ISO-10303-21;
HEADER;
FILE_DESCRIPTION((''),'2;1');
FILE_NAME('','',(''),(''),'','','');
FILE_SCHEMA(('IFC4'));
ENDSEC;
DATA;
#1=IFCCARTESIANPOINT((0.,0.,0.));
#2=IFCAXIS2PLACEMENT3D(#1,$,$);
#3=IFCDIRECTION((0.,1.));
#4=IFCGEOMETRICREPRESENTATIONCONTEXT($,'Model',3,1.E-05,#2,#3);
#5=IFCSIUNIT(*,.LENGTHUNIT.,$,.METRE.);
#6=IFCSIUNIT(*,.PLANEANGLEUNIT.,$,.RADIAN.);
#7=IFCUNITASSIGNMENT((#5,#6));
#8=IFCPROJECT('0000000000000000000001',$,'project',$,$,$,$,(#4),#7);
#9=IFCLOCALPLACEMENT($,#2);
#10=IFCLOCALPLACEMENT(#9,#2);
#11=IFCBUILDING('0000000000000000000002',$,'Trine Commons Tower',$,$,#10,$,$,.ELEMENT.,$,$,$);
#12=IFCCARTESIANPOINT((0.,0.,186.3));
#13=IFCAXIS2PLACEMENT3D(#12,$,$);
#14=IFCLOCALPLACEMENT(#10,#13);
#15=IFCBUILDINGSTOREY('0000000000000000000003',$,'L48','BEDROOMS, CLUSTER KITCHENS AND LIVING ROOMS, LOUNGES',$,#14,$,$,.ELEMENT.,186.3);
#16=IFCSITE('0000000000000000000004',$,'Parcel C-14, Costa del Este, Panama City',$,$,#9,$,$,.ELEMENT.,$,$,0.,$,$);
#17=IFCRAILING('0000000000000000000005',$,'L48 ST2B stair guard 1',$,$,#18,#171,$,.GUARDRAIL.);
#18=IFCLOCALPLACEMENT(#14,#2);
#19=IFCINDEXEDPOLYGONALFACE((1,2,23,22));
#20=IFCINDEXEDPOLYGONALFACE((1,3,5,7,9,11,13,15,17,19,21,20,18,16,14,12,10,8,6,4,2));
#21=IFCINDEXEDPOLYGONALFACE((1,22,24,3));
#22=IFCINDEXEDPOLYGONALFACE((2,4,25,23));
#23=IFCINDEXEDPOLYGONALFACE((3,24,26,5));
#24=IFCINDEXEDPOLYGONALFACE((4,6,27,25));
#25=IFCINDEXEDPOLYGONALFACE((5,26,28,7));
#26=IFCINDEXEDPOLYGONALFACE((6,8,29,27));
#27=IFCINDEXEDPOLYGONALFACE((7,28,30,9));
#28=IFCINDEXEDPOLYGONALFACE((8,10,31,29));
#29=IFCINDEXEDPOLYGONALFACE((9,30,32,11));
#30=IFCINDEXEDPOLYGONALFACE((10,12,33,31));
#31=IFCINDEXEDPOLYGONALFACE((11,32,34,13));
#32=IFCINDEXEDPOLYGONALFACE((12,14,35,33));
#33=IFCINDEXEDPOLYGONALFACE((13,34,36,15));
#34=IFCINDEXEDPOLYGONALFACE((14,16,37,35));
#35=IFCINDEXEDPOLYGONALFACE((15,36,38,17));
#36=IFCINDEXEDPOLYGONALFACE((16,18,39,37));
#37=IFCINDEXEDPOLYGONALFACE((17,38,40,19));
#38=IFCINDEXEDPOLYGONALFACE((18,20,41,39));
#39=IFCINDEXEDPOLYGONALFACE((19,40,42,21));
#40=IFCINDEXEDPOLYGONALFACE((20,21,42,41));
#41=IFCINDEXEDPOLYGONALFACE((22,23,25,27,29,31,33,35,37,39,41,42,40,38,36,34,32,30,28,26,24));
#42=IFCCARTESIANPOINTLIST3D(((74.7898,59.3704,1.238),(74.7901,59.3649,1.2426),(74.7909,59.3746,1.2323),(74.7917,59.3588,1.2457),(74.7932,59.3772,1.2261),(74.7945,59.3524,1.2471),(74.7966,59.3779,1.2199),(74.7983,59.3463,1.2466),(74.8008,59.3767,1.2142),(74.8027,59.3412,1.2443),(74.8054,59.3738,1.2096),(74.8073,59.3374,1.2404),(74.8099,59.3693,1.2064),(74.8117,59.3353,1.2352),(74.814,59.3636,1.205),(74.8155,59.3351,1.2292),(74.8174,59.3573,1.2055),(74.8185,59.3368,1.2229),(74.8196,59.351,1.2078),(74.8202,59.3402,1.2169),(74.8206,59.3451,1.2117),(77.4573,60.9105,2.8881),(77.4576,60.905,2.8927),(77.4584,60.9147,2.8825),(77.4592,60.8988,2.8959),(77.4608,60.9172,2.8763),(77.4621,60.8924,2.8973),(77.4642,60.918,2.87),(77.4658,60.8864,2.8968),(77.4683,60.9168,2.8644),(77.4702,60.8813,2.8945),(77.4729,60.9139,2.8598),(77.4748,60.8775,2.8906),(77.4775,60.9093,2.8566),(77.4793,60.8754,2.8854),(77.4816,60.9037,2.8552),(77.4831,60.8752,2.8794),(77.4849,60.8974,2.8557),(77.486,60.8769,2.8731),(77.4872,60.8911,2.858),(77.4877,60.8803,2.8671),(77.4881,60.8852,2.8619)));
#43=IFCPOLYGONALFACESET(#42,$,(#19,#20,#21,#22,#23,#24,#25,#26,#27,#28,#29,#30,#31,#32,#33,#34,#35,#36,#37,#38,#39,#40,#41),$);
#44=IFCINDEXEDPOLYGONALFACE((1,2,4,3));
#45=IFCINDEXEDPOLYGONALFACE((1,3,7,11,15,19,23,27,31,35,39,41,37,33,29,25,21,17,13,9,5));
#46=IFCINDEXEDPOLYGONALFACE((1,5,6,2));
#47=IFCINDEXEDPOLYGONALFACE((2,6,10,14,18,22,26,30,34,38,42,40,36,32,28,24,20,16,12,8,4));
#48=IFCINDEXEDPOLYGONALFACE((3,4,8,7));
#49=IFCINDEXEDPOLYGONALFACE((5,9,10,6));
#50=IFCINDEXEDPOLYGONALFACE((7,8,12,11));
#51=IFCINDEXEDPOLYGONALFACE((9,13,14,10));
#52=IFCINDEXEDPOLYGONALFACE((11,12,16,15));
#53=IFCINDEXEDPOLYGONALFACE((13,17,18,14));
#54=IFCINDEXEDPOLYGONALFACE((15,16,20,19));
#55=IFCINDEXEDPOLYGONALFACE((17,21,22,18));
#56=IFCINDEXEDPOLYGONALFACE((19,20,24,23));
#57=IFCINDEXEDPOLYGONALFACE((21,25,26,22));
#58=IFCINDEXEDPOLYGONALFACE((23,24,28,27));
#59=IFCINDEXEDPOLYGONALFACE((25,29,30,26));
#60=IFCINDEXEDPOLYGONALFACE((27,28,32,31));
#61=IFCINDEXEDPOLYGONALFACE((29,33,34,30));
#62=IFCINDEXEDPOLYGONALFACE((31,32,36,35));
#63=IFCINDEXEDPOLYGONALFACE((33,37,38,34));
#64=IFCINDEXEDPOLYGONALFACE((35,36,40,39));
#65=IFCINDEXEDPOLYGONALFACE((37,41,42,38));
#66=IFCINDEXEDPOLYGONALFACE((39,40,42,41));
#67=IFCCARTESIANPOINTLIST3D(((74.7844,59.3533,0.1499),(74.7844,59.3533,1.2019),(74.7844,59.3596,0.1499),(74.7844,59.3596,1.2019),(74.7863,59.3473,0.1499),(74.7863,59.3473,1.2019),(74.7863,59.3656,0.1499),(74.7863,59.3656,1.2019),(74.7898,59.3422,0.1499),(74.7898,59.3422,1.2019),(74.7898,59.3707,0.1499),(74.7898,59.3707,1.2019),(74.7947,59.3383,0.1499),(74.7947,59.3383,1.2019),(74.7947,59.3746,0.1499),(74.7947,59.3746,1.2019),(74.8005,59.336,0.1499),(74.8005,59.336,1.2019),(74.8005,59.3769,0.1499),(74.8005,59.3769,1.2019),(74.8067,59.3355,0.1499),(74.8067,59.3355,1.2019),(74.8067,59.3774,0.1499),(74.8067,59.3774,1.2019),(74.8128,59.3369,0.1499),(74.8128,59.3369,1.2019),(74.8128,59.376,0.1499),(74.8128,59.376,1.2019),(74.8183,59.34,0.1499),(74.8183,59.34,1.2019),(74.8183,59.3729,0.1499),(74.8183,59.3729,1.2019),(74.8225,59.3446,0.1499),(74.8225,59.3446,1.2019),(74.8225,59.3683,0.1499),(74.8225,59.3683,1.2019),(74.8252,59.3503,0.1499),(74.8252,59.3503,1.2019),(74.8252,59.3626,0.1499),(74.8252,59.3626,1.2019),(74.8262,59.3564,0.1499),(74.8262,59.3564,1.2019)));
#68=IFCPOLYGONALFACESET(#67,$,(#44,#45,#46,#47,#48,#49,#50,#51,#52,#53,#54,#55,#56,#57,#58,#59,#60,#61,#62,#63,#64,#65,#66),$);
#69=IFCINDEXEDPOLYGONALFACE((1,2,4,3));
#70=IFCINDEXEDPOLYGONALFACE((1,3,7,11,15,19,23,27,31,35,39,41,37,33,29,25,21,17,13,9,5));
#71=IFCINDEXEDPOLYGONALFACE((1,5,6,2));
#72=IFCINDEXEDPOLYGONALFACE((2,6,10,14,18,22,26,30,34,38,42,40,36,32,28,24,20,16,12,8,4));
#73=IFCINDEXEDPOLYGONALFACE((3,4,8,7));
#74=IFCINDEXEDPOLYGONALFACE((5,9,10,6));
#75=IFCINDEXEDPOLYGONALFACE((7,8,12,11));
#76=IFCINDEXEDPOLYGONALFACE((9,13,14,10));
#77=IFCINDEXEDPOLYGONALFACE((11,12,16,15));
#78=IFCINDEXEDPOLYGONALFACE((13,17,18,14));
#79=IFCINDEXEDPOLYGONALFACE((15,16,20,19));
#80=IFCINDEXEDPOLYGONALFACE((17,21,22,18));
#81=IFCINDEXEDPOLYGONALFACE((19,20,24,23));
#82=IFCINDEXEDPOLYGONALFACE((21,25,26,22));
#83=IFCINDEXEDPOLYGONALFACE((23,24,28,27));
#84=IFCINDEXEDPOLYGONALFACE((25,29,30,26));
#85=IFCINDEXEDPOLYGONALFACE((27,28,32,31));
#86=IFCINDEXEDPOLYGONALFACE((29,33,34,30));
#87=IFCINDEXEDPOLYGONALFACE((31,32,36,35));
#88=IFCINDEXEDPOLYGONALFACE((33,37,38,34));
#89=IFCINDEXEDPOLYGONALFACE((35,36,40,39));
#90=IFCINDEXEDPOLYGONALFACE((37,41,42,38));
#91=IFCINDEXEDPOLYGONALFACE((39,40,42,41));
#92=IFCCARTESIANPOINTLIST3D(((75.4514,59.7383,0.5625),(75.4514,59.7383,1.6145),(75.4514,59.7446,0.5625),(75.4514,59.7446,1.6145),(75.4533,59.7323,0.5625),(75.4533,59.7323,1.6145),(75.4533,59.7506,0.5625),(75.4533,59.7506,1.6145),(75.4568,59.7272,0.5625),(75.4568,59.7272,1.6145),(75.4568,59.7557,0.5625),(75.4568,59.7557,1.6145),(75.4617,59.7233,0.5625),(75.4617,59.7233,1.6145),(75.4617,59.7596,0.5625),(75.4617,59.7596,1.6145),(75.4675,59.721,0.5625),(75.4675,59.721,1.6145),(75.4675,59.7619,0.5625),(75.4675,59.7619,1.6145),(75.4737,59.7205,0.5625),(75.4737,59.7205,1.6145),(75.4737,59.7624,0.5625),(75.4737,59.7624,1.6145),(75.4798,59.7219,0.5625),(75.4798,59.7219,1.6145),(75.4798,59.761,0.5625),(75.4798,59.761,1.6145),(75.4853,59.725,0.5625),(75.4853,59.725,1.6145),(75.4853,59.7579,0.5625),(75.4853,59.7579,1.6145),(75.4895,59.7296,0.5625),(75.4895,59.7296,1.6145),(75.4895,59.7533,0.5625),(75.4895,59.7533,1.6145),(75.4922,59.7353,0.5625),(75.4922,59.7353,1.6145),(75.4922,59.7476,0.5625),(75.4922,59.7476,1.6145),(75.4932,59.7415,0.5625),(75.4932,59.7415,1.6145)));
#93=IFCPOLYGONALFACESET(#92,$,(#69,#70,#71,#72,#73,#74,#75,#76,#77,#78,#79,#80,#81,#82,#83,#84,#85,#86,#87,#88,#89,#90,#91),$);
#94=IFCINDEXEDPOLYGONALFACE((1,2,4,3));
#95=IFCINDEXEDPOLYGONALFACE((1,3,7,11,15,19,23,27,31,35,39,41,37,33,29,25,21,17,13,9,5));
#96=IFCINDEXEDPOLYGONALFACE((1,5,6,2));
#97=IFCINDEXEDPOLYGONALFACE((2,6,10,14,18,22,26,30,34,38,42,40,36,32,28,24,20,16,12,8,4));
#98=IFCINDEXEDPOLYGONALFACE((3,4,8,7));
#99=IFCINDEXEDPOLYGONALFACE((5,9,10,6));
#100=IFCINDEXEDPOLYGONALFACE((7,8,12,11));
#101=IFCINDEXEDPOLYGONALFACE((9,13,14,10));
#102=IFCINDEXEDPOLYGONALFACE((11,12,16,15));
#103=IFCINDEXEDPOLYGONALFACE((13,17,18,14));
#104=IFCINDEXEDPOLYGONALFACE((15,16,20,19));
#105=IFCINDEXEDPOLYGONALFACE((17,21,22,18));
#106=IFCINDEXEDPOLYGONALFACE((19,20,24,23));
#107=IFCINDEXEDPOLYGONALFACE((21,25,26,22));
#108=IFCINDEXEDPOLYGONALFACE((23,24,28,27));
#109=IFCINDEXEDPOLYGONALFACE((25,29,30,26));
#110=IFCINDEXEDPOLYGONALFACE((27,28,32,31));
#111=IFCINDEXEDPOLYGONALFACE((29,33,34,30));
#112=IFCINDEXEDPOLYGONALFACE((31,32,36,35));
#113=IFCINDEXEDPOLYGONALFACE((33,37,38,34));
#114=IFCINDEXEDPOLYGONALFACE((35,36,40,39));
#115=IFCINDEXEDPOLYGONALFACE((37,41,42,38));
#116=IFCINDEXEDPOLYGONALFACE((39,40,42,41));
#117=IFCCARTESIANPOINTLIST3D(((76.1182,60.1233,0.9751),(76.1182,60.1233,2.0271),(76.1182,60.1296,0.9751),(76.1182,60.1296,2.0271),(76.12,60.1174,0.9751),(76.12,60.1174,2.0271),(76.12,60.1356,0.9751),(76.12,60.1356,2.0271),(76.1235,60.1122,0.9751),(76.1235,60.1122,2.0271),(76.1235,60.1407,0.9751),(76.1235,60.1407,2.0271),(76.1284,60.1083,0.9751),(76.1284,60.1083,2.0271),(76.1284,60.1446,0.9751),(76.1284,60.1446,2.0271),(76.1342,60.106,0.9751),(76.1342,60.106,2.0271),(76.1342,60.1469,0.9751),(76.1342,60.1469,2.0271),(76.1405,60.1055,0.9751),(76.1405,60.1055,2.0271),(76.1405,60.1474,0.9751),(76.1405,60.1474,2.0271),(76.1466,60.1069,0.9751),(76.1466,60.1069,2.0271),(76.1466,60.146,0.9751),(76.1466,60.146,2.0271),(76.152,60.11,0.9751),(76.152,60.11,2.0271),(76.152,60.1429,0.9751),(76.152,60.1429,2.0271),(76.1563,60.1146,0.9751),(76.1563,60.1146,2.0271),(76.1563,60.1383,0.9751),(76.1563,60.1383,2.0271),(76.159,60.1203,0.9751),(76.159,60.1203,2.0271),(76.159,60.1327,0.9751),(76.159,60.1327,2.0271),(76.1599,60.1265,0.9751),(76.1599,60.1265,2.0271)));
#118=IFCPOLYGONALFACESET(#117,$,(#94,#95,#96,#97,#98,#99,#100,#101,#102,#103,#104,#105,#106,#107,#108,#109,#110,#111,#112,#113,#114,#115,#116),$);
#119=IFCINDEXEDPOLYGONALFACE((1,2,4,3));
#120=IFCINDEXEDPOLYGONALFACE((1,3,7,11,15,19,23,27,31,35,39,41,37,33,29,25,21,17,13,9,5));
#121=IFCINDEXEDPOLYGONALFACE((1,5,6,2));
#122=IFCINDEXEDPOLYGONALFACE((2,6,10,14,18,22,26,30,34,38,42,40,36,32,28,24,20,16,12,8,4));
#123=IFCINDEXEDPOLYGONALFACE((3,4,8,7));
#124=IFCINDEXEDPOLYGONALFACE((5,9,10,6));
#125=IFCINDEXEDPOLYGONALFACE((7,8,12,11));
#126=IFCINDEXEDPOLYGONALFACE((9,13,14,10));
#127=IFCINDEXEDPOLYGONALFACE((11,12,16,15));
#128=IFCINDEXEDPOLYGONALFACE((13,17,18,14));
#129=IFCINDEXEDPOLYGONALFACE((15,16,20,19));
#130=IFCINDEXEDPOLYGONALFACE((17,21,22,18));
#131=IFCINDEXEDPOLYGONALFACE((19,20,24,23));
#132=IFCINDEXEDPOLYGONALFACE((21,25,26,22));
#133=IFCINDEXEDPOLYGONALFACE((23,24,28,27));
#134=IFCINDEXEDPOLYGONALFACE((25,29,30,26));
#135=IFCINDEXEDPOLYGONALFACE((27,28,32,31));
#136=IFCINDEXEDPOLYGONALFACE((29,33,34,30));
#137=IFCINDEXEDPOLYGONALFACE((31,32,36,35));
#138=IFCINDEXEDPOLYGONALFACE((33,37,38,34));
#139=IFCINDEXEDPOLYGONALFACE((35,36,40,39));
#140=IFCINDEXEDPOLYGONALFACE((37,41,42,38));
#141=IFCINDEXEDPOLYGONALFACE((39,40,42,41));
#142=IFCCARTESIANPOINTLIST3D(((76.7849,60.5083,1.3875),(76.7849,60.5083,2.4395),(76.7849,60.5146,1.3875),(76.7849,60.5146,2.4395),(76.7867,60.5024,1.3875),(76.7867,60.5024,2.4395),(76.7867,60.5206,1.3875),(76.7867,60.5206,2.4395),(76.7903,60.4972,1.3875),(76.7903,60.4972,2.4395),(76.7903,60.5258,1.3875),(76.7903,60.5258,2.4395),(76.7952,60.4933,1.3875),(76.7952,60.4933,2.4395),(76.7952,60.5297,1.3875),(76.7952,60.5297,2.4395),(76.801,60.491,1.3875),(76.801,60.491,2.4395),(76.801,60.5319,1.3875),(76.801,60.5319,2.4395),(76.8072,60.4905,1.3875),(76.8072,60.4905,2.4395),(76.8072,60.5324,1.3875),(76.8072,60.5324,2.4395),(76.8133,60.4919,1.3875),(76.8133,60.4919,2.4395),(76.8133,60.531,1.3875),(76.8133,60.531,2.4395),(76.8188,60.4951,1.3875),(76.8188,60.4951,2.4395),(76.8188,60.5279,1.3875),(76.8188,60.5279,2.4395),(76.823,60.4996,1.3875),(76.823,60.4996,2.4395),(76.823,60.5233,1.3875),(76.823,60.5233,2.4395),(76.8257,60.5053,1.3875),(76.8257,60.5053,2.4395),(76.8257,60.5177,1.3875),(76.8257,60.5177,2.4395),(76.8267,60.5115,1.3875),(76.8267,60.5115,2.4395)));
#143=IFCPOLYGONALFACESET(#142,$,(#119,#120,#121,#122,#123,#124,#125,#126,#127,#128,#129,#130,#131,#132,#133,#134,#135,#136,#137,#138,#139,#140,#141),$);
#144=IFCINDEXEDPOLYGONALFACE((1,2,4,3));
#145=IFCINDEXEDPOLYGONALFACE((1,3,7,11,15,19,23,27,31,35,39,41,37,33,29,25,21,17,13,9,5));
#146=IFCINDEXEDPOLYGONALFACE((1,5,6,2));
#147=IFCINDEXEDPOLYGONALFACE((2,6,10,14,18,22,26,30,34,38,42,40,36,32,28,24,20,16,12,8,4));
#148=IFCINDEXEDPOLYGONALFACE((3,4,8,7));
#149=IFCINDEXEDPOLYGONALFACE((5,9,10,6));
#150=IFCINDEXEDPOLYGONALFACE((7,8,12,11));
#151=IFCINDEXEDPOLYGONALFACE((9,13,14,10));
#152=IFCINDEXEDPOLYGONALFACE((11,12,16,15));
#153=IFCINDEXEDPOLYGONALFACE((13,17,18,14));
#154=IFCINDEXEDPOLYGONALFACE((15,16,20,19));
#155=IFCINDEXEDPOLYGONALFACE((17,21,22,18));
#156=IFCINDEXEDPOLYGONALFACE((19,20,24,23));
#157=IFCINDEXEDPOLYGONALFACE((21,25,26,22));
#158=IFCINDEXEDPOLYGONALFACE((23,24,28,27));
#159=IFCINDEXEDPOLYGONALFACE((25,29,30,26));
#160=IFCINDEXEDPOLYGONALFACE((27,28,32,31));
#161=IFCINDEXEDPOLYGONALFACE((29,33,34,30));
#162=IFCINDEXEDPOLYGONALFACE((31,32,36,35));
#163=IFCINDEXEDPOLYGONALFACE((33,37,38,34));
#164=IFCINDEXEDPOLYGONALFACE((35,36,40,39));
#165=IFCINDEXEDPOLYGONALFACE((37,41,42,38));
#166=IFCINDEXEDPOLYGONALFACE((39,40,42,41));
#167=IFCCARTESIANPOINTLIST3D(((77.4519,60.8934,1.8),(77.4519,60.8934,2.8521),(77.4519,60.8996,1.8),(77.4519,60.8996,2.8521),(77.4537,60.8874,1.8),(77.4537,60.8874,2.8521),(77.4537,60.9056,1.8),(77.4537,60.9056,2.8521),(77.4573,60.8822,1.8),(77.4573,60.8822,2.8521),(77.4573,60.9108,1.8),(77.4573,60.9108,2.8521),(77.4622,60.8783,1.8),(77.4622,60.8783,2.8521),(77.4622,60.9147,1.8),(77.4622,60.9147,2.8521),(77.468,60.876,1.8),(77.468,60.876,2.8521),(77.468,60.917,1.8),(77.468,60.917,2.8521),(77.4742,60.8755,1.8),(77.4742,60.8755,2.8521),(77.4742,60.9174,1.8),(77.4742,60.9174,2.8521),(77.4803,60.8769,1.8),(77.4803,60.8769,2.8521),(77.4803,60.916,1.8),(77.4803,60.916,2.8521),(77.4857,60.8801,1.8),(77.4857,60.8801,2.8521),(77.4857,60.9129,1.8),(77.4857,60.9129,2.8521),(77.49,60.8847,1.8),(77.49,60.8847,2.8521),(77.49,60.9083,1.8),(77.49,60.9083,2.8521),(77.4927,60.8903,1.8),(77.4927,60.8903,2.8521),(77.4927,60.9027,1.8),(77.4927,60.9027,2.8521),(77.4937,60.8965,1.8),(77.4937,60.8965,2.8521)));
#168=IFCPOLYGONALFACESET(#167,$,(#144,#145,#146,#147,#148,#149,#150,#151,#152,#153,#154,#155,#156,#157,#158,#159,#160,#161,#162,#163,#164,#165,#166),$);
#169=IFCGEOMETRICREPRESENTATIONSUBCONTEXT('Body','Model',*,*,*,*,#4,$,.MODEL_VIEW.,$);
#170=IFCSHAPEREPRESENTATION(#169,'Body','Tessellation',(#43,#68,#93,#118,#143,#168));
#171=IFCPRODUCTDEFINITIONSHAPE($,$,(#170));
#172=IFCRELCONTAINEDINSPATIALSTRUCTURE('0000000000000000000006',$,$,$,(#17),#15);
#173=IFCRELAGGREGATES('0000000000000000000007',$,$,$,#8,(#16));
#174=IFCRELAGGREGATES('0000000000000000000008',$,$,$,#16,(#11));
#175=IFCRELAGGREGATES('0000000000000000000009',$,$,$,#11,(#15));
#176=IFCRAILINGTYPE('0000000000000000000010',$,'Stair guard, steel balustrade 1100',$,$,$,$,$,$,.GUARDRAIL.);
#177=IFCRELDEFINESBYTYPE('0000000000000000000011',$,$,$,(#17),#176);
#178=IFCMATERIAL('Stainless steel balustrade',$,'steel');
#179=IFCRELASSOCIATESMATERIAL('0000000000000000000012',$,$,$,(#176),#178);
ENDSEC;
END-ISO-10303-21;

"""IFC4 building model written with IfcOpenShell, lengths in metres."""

from ifc_helpers import new_model, si_unit, direction, frame, origin, origin_2d, place, context, subcontext, project, spatial, circle, extrude, material, type_object, element, save


model = new_model("IFC4")

# Units and contexts
model_context = context("Model", 3, precision=1e-05, world=origin(), true_north=direction((0.0, 1.0)))
body_context = subcontext(model_context, "Body", "Model", "MODEL_VIEW")
ifc_project = project(units=[si_unit("LENGTHUNIT", "METRE"), si_unit("PLANEANGLEUNIT", "RADIAN")], contexts=[model_context])

# Site, building, storey
site_placement = place(None, origin())
site = spatial("IfcSite", under=ifc_project, at=site_placement, Name="Parcel C-14, Costa del Este, Panama City", CompositionType="ELEMENT", RefElevation=0.0)
building_placement = place(site_placement, origin())
building = spatial("IfcBuilding", under=site, at=building_placement, Name="Trine Commons Tower", CompositionType="ELEMENT")
storey_placement = place(building_placement, frame((0.0, 0.0, 186.3)))
storey = spatial("IfcBuildingStorey", under=building, at=storey_placement, Name="L48", Description="BEDROOMS, CLUSTER KITCHENS AND LIVING ROOMS, LOUNGES", CompositionType="ELEMENT", Elevation=186.3)

# Railing
ifc_material_1 = material(Name="Stainless steel balustrade", Category="steel")
railing_type_1 = type_object("IfcRailingType", Name="Stair guard, steel balustrade 1100", PredefinedType="GUARDRAIL", material=ifc_material_1)
railing_1_placement = place(storey_placement, frame((74.8052, 59.3564, 0.1499)))
element("IfcRailing", 1, at=railing_1_placement, inside=storey, type_object=railing_type_1, Name="L48 ST2B stair guard 1", PredefinedType="GUARDRAIL", context=body_context, shape_type="SweptSolid", body=[
    extrude(circle(Radius=0.0239, at=origin_2d()), frame((0.0, 0.0, 1.0762), z_axis=(0.76338, 0.440728, 0.472239), x_axis=(-0.499992, 0.86603, 0.0)), (0.0, 0.0, 1.0), 3.4944),
    extrude(circle(Radius=0.021, at=origin_2d()), origin(), (0.0, 0.0, 1.0), 1.052),
    extrude(circle(Radius=0.021, at=origin_2d()), frame((0.667, 0.385, 0.4126)), (0.0, 0.0, 1.0), 1.052),
    extrude(circle(Radius=0.021, at=origin_2d()), frame((1.3337, 0.77, 0.8252)), (0.0, 0.0, 1.0), 1.052),
    extrude(circle(Radius=0.021, at=origin_2d()), frame((2.0005, 1.155, 1.2375)), (0.0, 0.0, 1.0), 1.052),
    extrude(circle(Radius=0.021, at=origin_2d()), frame((2.6675, 1.54, 1.6501)), (0.0, 0.0, 1.0), 1.052),
])

save(model, "model.ifc")
